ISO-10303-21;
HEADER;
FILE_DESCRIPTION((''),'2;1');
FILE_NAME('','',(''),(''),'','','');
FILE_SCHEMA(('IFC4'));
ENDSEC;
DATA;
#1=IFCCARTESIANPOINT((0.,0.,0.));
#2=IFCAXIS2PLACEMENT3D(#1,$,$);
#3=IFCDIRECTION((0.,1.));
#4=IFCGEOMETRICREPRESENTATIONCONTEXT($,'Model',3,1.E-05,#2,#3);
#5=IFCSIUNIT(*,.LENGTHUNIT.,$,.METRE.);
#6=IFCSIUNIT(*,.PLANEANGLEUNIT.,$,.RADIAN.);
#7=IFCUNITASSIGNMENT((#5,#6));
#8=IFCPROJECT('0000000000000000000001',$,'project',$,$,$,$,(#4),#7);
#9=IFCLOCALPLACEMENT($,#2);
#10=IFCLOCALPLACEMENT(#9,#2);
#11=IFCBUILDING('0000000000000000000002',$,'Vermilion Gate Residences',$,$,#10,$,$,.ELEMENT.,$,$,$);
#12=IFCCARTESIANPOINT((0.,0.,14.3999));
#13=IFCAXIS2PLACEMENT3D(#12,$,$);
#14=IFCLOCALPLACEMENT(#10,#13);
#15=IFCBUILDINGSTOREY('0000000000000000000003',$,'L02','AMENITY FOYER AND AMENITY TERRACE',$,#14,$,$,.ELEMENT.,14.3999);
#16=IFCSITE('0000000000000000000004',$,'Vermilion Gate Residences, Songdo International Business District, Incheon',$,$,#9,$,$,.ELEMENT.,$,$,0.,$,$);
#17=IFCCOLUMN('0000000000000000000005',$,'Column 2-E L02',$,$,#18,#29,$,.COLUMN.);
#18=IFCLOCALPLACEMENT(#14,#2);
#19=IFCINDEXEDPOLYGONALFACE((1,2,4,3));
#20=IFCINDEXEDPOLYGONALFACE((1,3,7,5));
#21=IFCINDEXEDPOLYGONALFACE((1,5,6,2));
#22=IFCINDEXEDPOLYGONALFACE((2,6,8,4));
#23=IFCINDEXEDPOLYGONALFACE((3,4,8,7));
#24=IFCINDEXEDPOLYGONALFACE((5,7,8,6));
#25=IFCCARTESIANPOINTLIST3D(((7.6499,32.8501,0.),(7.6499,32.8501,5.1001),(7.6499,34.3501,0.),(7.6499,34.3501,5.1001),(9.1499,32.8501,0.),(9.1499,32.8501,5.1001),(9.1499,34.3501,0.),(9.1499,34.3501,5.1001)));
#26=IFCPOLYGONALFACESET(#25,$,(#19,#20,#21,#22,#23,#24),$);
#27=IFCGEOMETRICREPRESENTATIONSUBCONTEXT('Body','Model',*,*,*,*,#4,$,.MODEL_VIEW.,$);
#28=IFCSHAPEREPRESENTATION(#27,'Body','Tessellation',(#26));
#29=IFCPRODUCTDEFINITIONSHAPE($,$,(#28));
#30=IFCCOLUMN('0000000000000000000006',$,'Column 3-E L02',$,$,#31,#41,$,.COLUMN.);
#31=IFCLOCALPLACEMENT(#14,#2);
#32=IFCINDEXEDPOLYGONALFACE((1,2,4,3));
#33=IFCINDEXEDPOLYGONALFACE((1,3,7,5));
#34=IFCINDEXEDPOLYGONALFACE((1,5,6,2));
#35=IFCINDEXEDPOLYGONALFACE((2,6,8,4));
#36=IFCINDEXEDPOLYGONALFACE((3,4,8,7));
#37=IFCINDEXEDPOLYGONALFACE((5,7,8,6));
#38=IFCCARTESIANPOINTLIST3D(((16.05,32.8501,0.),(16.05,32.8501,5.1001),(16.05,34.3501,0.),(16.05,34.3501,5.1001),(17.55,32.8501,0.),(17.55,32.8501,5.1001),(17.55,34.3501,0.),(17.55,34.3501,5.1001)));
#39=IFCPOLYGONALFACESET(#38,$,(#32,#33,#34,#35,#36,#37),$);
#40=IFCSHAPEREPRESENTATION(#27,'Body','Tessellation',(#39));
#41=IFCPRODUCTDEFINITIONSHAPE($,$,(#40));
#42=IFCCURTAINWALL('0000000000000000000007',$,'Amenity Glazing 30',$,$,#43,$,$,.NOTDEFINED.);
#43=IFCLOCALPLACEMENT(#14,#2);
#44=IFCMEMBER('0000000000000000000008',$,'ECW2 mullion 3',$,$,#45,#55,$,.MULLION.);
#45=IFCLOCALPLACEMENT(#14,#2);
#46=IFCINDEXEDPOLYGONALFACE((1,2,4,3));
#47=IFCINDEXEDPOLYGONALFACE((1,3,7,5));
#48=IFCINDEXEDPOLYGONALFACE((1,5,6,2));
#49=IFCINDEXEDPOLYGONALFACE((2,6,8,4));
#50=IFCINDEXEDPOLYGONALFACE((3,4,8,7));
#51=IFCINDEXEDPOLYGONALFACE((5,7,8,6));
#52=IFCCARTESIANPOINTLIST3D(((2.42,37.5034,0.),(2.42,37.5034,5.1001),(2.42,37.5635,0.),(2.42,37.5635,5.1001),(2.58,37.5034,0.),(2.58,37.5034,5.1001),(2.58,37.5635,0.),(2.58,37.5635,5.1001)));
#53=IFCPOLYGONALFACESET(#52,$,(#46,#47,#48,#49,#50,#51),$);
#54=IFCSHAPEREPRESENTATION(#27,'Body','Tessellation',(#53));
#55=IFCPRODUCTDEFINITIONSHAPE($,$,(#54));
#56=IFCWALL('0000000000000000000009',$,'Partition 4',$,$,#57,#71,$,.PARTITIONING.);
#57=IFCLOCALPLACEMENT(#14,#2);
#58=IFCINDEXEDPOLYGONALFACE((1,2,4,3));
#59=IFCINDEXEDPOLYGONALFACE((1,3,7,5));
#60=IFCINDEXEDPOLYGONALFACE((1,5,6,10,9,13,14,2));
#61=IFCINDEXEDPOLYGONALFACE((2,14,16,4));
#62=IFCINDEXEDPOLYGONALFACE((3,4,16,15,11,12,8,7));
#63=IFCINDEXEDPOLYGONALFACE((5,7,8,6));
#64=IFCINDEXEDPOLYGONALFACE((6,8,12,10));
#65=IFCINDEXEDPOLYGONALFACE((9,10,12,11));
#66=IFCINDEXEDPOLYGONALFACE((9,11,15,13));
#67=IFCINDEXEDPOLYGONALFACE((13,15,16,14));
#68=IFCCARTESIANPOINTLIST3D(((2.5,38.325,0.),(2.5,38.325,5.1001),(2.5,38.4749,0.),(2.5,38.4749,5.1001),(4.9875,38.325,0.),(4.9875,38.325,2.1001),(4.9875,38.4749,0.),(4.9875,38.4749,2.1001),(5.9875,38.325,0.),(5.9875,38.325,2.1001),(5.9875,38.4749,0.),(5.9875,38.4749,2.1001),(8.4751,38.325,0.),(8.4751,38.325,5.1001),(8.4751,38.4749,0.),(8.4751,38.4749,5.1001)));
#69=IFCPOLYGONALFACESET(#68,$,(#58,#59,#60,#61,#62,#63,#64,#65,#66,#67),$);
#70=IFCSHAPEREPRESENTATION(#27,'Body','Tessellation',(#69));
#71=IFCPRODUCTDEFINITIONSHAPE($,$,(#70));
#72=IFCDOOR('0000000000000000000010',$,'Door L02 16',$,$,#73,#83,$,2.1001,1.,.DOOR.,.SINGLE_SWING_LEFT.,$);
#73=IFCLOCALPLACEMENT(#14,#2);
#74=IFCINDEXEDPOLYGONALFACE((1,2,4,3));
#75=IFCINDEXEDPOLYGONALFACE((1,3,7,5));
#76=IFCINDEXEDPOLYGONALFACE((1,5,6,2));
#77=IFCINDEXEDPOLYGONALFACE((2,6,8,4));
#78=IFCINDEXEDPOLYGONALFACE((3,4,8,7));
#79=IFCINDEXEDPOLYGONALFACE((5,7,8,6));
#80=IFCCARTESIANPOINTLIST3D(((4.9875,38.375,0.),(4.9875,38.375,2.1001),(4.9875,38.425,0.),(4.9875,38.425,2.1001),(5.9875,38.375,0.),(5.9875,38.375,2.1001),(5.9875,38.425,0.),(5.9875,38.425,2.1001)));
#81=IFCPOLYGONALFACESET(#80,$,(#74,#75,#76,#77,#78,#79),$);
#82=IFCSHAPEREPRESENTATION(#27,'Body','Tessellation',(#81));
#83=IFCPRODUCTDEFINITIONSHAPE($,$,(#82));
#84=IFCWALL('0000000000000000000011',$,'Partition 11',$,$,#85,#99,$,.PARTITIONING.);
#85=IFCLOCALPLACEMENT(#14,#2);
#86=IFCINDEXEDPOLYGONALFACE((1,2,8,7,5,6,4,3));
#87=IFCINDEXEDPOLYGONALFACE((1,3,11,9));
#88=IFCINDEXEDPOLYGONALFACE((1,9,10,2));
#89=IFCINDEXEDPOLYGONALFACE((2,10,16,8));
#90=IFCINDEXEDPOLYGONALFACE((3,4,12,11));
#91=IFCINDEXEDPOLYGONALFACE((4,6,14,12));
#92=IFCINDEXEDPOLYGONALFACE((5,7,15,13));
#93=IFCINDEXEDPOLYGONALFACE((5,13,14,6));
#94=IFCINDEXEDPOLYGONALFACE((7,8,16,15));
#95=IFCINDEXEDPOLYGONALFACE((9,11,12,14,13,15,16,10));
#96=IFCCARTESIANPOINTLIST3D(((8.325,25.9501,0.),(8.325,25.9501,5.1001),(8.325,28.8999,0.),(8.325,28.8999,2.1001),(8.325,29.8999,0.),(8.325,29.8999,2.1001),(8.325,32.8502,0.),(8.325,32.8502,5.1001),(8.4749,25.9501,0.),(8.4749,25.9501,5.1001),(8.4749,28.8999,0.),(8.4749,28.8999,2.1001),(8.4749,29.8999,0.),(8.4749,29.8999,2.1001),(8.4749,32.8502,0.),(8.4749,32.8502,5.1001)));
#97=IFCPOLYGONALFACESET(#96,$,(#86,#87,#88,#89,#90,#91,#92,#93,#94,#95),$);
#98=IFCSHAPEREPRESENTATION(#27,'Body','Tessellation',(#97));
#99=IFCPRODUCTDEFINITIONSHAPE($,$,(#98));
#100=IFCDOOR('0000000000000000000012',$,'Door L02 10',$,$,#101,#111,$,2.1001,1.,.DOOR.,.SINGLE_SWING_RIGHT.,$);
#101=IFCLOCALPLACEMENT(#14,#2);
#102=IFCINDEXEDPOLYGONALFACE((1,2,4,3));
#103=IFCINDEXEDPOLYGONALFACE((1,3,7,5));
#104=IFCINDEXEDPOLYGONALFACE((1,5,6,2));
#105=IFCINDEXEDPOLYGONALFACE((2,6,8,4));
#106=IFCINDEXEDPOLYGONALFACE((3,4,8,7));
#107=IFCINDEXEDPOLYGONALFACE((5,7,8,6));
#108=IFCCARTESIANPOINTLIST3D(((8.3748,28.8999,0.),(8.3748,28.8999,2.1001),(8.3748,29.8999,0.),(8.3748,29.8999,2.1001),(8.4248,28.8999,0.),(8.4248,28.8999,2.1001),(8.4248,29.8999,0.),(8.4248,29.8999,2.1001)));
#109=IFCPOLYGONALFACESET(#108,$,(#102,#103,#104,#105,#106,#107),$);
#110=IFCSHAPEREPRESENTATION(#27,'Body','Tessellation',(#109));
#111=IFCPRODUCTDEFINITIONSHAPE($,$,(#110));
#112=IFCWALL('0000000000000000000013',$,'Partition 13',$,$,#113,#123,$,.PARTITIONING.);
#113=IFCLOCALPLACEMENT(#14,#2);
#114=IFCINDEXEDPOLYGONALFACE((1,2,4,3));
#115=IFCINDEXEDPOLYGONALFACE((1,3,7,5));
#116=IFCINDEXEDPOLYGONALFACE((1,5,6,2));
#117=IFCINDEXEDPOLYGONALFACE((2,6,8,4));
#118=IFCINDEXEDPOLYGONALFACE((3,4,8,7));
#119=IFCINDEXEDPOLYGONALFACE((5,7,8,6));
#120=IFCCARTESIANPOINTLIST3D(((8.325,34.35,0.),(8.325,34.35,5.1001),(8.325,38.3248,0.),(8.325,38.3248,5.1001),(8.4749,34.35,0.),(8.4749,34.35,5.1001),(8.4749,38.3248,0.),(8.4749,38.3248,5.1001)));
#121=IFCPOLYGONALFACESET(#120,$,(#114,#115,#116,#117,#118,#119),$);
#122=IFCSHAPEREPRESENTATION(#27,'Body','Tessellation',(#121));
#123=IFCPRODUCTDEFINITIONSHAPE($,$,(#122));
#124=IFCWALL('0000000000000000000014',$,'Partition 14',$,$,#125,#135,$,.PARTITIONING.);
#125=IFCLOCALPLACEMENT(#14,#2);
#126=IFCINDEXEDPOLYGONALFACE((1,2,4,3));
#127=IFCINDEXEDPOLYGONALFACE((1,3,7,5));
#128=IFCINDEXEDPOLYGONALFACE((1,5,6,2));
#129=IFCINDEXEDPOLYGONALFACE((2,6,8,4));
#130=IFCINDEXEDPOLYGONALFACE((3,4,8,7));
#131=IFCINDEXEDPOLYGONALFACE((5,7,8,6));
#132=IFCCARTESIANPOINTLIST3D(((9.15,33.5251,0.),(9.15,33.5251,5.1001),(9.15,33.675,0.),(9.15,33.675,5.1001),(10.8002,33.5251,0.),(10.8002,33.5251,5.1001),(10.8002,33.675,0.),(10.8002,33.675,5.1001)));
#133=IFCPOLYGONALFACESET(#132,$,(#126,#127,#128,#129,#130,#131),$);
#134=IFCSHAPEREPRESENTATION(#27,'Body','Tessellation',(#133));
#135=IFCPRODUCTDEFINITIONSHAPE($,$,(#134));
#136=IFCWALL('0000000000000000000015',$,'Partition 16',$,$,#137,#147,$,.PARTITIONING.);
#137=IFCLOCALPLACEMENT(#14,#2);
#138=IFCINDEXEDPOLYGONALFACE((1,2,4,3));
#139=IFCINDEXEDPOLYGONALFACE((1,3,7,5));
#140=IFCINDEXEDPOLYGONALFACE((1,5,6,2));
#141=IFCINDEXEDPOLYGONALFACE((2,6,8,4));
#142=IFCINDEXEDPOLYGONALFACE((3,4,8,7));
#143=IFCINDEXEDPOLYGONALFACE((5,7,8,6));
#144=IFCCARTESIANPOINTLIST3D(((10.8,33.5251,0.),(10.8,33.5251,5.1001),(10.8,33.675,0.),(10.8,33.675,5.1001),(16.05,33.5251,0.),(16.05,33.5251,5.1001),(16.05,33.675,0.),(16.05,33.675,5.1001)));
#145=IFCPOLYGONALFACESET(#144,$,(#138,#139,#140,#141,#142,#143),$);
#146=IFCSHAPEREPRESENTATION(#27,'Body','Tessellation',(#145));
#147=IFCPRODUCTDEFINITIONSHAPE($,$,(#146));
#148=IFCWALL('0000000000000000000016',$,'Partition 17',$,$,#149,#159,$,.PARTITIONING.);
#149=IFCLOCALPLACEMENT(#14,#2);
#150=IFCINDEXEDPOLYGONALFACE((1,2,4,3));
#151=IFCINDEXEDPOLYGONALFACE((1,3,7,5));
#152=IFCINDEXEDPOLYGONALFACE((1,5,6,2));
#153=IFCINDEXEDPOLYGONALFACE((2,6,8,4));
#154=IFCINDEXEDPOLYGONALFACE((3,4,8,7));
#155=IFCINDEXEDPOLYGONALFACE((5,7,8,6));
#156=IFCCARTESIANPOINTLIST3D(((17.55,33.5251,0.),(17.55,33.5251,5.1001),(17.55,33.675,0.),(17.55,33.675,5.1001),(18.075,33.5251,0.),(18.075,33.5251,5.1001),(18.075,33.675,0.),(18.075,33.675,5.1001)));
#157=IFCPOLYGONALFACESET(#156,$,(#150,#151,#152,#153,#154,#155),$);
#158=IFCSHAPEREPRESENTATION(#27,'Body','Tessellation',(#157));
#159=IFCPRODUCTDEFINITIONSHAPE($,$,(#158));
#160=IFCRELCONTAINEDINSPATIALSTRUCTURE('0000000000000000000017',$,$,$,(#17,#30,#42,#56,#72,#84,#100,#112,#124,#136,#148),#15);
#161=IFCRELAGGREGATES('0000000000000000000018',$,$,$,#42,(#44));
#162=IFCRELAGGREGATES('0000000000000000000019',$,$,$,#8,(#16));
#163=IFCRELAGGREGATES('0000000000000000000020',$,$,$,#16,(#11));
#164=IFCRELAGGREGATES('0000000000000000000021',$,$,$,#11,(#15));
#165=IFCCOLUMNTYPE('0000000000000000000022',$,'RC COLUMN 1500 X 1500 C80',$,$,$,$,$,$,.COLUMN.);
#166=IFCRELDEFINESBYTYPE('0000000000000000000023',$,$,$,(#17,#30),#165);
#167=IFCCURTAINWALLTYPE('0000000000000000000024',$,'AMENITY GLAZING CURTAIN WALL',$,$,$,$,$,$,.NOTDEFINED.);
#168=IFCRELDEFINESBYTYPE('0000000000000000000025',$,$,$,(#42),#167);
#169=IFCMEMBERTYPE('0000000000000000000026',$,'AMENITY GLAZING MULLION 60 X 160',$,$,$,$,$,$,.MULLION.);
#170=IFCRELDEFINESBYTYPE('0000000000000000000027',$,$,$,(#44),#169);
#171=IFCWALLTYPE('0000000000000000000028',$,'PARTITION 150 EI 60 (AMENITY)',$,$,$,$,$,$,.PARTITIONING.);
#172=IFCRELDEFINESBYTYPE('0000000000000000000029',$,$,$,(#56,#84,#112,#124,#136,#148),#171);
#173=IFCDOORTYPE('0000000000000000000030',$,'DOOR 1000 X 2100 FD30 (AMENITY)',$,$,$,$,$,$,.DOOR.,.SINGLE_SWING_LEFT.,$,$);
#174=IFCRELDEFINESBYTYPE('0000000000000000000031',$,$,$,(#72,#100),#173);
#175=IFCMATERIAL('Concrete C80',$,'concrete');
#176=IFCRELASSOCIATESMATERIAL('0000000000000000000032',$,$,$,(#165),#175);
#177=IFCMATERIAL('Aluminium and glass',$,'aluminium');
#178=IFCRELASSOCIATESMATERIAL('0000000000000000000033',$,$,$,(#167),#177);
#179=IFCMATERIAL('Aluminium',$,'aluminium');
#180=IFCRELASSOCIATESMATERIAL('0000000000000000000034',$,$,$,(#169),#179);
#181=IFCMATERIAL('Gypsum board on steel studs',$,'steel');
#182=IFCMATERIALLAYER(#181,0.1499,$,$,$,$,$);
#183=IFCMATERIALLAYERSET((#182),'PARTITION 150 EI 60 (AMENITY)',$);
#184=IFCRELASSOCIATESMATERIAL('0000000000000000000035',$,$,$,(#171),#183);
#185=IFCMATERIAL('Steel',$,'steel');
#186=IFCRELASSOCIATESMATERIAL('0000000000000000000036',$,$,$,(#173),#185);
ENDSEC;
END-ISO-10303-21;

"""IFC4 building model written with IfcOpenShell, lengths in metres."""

from ifc_helpers import new_model, si_unit, direction, frame, frame_2d, origin, origin_2d, place, context, subcontext, project, spatial, rectangle, extrude, material, layer, layer_set, material_profile, profile_set, type_object, element, fill, aggregate, save


model = new_model("IFC4")

# Units and contexts
model_context = context("Model", 3, precision=1e-05, world=origin(), true_north=direction((0.0, 1.0)))
body_context = subcontext(model_context, "Body", "Model", "MODEL_VIEW")
ifc_project = project(units=[si_unit("LENGTHUNIT", "METRE"), si_unit("PLANEANGLEUNIT", "RADIAN")], contexts=[model_context])

# Site, building, storey
site_placement = place(None, origin())
site = spatial("IfcSite", under=ifc_project, at=site_placement, Name="Vermilion Gate Residences, Songdo International Business District, Incheon", CompositionType="ELEMENT", RefElevation=0.0)
building_placement = place(site_placement, origin())
building = spatial("IfcBuilding", under=site, at=building_placement, Name="Vermilion Gate Residences", CompositionType="ELEMENT")
storey_placement = place(building_placement, frame((0.0, 0.0, 14.3999)))
storey = spatial("IfcBuildingStorey", under=building, at=storey_placement, Name="L02", Description="AMENITY FOYER AND AMENITY TERRACE", CompositionType="ELEMENT", Elevation=14.3999)

# Columns
ifc_material_1 = material(Name="Concrete C80", Category="concrete")
ifc_material_profile_1 = material_profile(ifc_material_1, rectangle(XDim=1.5, YDim=1.5, at=origin_2d()), Name="RC-1500x1500")
ifc_profile_set_1 = profile_set([ifc_material_profile_1], Name="Concrete C80")
column_type = type_object("IfcColumnType", Name="RC COLUMN 1500 X 1500 C80", PredefinedType="COLUMN", material=ifc_profile_set_1)
for number, where, z_axis, x_axis, name in (
    (1, (8.3999, 33.6001, 0.0), (0.0, 0.0, 1.0), (1.0, 0.0, 0.0), "Column 2-E L02"),
    (2, (16.8, 33.6001, 0.0), (0.0, 0.0, 1.0), (1.0, 0.0, 0.0), "Column 3-E L02"),
):
    element("IfcColumn", number, at=place(storey_placement, frame(where, z_axis=z_axis, x_axis=x_axis)), inside=storey, type_object=column_type, Name=name, PredefinedType="COLUMN", context=body_context, shape_type="SweptSolid", body=[
        extrude(rectangle(XDim=1.5, YDim=1.5, at=origin_2d()), origin(), (0.0, 0.0, 1.0), 5.1001),
    ])

# Curtain wall, member
ifc_material_2 = material(Name="Aluminium and glass", Category="aluminium")
curtain_wall_type = type_object("IfcCurtainWallType", Name="AMENITY GLAZING CURTAIN WALL", PredefinedType="NOTDEFINED", material=ifc_material_2)
curtain_wall_placement = place(storey_placement, origin())
curtain_wall = element("IfcCurtainWall", 3, at=curtain_wall_placement, inside=storey, type_object=curtain_wall_type, Name="Amenity Glazing 30", PredefinedType="NOTDEFINED")
ifc_material_3 = material(Name="Aluminium", Category="aluminium")
ifc_material_profile_2 = material_profile(ifc_material_3, rectangle(XDim=0.1599, YDim=0.0601, at=origin_2d()), Name="MULLION 60 X 160")
ifc_profile_set_2 = profile_set([ifc_material_profile_2], Name="Aluminium")
member_type = type_object("IfcMemberType", Name="AMENITY GLAZING MULLION 60 X 160", PredefinedType="MULLION", material=ifc_profile_set_2)
member_placement = place(storey_placement, frame((2.5, 37.5334, 0.0), z_axis=(0.0, 0.0, 1.0), x_axis=(1.0, 0.0, 0.0)))
member = element("IfcMember", 4, at=member_placement, type_object=member_type, Name="ECW2 mullion 3", PredefinedType="MULLION", context=body_context, shape_type="SweptSolid", body=[
    extrude(rectangle(XDim=0.1599, YDim=0.0601, at=origin_2d()), origin(), (0.0, 0.0, 1.0), 5.1001),
])
aggregate(curtain_wall, [member])

# Walls, openings, doors
ifc_material_4 = material(Name="Gypsum board on steel studs", Category="steel")
ifc_layer = layer(ifc_material_4, 0.1499)
ifc_layer_set = layer_set([ifc_layer], Name="PARTITION 150 EI 60 (AMENITY)")
wall_type = type_object("IfcWallType", Name="PARTITION 150 EI 60 (AMENITY)", PredefinedType="PARTITIONING", material=ifc_layer_set)
wall_1_placement = place(storey_placement, frame((2.5, 38.3999, 0.0), z_axis=(0.0, 0.0, 1.0), x_axis=(1.0, 0.0, 0.0)))
wall_1 = element("IfcWall", 5, at=wall_1_placement, inside=storey, type_object=wall_type, Name="Partition 4", PredefinedType="PARTITIONING", context=body_context, shape_type="SweptSolid", body=[
    extrude(rectangle(XDim=5.9751, YDim=0.1499, at=frame_2d((2.9875, 0.0))), origin(), (0.0, 0.0, 1.0), 5.1001),
])
opening_1_placement = place(wall_1_placement, frame((2.4875, 0.0, 0.0)))
opening_1 = element("IfcOpeningElement", 6, at=opening_1_placement, cuts=wall_1, PredefinedType="OPENING", context=body_context, shape_type="SweptSolid", body=[
    extrude(rectangle(XDim=1.0, YDim=2.1001, at=frame_2d((0.5, 1.05))), frame((0.0, 0.085, 0.0), z_axis=(0.0, -1.0, 0.0), x_axis=(1.0, 0.0, 0.0)), (0.0, 0.0, 1.0), 0.1699),
])
ifc_material_5 = material(Name="Steel", Category="steel")
door_type = type_object("IfcDoorType", Name="DOOR 1000 X 2100 FD30 (AMENITY)", OperationType="SINGLE_SWING_LEFT", PredefinedType="DOOR", material=ifc_material_5)
door_1_placement = place(opening_1_placement, frame((1.0, 0.0, 0.0), z_axis=(0.0, 0.0, 1.0), x_axis=(-1.0, 0.0, 0.0)))
door_1 = element("IfcDoor", 7, at=door_1_placement, inside=storey, type_object=door_type, Name="Door L02 16", OperationType="SINGLE_SWING_LEFT", OverallHeight=2.1001, OverallWidth=1.0, PredefinedType="DOOR", context=body_context, shape_type="SweptSolid", body=[
    extrude(rectangle(XDim=1.0, YDim=2.1001, at=frame_2d((0.5, 1.05))), frame((0.0, 0.0249, 0.0), z_axis=(0.0, -1.0, 0.0), x_axis=(1.0, 0.0, 0.0)), (0.0, 0.0, 1.0), 0.05),
])
fill(opening_1, door_1)
wall_2_placement = place(storey_placement, frame((8.3999, 25.95, 0.0), z_axis=(0.0, 0.0, 1.0), x_axis=(0.0, 1.0, 0.0)))
wall_2 = element("IfcWall", 8, at=wall_2_placement, inside=storey, type_object=wall_type, Name="Partition 11", PredefinedType="PARTITIONING", context=body_context, shape_type="SweptSolid", body=[
    extrude(rectangle(XDim=6.9001, YDim=0.1499, at=frame_2d((3.4502, 0.0))), origin(), (0.0, 0.0, 1.0), 5.1001),
])
opening_2_placement = place(wall_2_placement, frame((2.95, 0.0, 0.0)))
opening_2 = element("IfcOpeningElement", 9, at=opening_2_placement, cuts=wall_2, PredefinedType="OPENING", context=body_context, shape_type="SweptSolid", body=[
    extrude(rectangle(XDim=1.0, YDim=2.1001, at=frame_2d((0.5, 1.05))), frame((0.0, 0.085, 0.0), z_axis=(0.0, -1.0, 0.0), x_axis=(1.0, 0.0, 0.0)), (0.0, 0.0, 1.0), 0.1699),
])
door_2_placement = place(opening_2_placement, frame((1.0, 0.0, 0.0), z_axis=(0.0, 0.0, 1.0), x_axis=(-1.0, 0.0, 0.0)))
door_2 = element("IfcDoor", 10, at=door_2_placement, inside=storey, type_object=door_type, Name="Door L02 10", OperationType="SINGLE_SWING_RIGHT", OverallHeight=2.1001, OverallWidth=1.0, PredefinedType="DOOR", context=body_context, shape_type="SweptSolid", body=[
    extrude(rectangle(XDim=1.0, YDim=2.1001, at=frame_2d((0.5, 1.05))), frame((0.0, 0.0249, 0.0), z_axis=(0.0, -1.0, 0.0), x_axis=(1.0, 0.0, 0.0)), (0.0, 0.0, 1.0), 0.05),
])
fill(opening_2, door_2)

# Walls
wall_3_placement = place(storey_placement, frame((8.3999, 34.3501, 0.0), z_axis=(0.0, 0.0, 1.0), x_axis=(0.0, 1.0, 0.0)))
element("IfcWall", 11, at=wall_3_placement, inside=storey, type_object=wall_type, Name="Partition 13", PredefinedType="PARTITIONING", context=body_context, shape_type="SweptSolid", body=[
    extrude(rectangle(XDim=3.9749, YDim=0.1499, at=frame_2d((1.9873, 0.0))), origin(), (0.0, 0.0, 1.0), 5.1001),
])
wall_4_placement = place(storey_placement, frame((9.1499, 33.6001, 0.0), z_axis=(0.0, 0.0, 1.0), x_axis=(1.0, 0.0, 0.0)))
element("IfcWall", 12, at=wall_4_placement, inside=storey, type_object=wall_type, Name="Partition 14", PredefinedType="PARTITIONING", context=body_context, shape_type="SweptSolid", body=[
    extrude(rectangle(XDim=1.6501, YDim=0.1499, at=frame_2d((0.8252, 0.0))), origin(), (0.0, 0.0, 1.0), 5.1001),
])
wall_5_placement = place(storey_placement, frame((10.8, 33.6001, 0.0), z_axis=(0.0, 0.0, 1.0), x_axis=(1.0, 0.0, 0.0)))
element("IfcWall", 13, at=wall_5_placement, inside=storey, type_object=wall_type, Name="Partition 16", PredefinedType="PARTITIONING", context=body_context, shape_type="SweptSolid", body=[
    extrude(rectangle(XDim=5.25, YDim=0.1499, at=frame_2d((2.625, 0.0))), origin(), (0.0, 0.0, 1.0), 5.1001),
])
wall_6_placement = place(storey_placement, frame((17.55, 33.6001, 0.0), z_axis=(0.0, 0.0, 1.0), x_axis=(1.0, 0.0, 0.0)))
element("IfcWall", 14, at=wall_6_placement, inside=storey, type_object=wall_type, Name="Partition 17", PredefinedType="PARTITIONING", context=body_context, shape_type="SweptSolid", body=[
    extrude(rectangle(XDim=0.5249, YDim=0.1499, at=frame_2d((0.2625, 0.0))), origin(), (0.0, 0.0, 1.0), 5.1001),
])

save(model, "model.ifc")
